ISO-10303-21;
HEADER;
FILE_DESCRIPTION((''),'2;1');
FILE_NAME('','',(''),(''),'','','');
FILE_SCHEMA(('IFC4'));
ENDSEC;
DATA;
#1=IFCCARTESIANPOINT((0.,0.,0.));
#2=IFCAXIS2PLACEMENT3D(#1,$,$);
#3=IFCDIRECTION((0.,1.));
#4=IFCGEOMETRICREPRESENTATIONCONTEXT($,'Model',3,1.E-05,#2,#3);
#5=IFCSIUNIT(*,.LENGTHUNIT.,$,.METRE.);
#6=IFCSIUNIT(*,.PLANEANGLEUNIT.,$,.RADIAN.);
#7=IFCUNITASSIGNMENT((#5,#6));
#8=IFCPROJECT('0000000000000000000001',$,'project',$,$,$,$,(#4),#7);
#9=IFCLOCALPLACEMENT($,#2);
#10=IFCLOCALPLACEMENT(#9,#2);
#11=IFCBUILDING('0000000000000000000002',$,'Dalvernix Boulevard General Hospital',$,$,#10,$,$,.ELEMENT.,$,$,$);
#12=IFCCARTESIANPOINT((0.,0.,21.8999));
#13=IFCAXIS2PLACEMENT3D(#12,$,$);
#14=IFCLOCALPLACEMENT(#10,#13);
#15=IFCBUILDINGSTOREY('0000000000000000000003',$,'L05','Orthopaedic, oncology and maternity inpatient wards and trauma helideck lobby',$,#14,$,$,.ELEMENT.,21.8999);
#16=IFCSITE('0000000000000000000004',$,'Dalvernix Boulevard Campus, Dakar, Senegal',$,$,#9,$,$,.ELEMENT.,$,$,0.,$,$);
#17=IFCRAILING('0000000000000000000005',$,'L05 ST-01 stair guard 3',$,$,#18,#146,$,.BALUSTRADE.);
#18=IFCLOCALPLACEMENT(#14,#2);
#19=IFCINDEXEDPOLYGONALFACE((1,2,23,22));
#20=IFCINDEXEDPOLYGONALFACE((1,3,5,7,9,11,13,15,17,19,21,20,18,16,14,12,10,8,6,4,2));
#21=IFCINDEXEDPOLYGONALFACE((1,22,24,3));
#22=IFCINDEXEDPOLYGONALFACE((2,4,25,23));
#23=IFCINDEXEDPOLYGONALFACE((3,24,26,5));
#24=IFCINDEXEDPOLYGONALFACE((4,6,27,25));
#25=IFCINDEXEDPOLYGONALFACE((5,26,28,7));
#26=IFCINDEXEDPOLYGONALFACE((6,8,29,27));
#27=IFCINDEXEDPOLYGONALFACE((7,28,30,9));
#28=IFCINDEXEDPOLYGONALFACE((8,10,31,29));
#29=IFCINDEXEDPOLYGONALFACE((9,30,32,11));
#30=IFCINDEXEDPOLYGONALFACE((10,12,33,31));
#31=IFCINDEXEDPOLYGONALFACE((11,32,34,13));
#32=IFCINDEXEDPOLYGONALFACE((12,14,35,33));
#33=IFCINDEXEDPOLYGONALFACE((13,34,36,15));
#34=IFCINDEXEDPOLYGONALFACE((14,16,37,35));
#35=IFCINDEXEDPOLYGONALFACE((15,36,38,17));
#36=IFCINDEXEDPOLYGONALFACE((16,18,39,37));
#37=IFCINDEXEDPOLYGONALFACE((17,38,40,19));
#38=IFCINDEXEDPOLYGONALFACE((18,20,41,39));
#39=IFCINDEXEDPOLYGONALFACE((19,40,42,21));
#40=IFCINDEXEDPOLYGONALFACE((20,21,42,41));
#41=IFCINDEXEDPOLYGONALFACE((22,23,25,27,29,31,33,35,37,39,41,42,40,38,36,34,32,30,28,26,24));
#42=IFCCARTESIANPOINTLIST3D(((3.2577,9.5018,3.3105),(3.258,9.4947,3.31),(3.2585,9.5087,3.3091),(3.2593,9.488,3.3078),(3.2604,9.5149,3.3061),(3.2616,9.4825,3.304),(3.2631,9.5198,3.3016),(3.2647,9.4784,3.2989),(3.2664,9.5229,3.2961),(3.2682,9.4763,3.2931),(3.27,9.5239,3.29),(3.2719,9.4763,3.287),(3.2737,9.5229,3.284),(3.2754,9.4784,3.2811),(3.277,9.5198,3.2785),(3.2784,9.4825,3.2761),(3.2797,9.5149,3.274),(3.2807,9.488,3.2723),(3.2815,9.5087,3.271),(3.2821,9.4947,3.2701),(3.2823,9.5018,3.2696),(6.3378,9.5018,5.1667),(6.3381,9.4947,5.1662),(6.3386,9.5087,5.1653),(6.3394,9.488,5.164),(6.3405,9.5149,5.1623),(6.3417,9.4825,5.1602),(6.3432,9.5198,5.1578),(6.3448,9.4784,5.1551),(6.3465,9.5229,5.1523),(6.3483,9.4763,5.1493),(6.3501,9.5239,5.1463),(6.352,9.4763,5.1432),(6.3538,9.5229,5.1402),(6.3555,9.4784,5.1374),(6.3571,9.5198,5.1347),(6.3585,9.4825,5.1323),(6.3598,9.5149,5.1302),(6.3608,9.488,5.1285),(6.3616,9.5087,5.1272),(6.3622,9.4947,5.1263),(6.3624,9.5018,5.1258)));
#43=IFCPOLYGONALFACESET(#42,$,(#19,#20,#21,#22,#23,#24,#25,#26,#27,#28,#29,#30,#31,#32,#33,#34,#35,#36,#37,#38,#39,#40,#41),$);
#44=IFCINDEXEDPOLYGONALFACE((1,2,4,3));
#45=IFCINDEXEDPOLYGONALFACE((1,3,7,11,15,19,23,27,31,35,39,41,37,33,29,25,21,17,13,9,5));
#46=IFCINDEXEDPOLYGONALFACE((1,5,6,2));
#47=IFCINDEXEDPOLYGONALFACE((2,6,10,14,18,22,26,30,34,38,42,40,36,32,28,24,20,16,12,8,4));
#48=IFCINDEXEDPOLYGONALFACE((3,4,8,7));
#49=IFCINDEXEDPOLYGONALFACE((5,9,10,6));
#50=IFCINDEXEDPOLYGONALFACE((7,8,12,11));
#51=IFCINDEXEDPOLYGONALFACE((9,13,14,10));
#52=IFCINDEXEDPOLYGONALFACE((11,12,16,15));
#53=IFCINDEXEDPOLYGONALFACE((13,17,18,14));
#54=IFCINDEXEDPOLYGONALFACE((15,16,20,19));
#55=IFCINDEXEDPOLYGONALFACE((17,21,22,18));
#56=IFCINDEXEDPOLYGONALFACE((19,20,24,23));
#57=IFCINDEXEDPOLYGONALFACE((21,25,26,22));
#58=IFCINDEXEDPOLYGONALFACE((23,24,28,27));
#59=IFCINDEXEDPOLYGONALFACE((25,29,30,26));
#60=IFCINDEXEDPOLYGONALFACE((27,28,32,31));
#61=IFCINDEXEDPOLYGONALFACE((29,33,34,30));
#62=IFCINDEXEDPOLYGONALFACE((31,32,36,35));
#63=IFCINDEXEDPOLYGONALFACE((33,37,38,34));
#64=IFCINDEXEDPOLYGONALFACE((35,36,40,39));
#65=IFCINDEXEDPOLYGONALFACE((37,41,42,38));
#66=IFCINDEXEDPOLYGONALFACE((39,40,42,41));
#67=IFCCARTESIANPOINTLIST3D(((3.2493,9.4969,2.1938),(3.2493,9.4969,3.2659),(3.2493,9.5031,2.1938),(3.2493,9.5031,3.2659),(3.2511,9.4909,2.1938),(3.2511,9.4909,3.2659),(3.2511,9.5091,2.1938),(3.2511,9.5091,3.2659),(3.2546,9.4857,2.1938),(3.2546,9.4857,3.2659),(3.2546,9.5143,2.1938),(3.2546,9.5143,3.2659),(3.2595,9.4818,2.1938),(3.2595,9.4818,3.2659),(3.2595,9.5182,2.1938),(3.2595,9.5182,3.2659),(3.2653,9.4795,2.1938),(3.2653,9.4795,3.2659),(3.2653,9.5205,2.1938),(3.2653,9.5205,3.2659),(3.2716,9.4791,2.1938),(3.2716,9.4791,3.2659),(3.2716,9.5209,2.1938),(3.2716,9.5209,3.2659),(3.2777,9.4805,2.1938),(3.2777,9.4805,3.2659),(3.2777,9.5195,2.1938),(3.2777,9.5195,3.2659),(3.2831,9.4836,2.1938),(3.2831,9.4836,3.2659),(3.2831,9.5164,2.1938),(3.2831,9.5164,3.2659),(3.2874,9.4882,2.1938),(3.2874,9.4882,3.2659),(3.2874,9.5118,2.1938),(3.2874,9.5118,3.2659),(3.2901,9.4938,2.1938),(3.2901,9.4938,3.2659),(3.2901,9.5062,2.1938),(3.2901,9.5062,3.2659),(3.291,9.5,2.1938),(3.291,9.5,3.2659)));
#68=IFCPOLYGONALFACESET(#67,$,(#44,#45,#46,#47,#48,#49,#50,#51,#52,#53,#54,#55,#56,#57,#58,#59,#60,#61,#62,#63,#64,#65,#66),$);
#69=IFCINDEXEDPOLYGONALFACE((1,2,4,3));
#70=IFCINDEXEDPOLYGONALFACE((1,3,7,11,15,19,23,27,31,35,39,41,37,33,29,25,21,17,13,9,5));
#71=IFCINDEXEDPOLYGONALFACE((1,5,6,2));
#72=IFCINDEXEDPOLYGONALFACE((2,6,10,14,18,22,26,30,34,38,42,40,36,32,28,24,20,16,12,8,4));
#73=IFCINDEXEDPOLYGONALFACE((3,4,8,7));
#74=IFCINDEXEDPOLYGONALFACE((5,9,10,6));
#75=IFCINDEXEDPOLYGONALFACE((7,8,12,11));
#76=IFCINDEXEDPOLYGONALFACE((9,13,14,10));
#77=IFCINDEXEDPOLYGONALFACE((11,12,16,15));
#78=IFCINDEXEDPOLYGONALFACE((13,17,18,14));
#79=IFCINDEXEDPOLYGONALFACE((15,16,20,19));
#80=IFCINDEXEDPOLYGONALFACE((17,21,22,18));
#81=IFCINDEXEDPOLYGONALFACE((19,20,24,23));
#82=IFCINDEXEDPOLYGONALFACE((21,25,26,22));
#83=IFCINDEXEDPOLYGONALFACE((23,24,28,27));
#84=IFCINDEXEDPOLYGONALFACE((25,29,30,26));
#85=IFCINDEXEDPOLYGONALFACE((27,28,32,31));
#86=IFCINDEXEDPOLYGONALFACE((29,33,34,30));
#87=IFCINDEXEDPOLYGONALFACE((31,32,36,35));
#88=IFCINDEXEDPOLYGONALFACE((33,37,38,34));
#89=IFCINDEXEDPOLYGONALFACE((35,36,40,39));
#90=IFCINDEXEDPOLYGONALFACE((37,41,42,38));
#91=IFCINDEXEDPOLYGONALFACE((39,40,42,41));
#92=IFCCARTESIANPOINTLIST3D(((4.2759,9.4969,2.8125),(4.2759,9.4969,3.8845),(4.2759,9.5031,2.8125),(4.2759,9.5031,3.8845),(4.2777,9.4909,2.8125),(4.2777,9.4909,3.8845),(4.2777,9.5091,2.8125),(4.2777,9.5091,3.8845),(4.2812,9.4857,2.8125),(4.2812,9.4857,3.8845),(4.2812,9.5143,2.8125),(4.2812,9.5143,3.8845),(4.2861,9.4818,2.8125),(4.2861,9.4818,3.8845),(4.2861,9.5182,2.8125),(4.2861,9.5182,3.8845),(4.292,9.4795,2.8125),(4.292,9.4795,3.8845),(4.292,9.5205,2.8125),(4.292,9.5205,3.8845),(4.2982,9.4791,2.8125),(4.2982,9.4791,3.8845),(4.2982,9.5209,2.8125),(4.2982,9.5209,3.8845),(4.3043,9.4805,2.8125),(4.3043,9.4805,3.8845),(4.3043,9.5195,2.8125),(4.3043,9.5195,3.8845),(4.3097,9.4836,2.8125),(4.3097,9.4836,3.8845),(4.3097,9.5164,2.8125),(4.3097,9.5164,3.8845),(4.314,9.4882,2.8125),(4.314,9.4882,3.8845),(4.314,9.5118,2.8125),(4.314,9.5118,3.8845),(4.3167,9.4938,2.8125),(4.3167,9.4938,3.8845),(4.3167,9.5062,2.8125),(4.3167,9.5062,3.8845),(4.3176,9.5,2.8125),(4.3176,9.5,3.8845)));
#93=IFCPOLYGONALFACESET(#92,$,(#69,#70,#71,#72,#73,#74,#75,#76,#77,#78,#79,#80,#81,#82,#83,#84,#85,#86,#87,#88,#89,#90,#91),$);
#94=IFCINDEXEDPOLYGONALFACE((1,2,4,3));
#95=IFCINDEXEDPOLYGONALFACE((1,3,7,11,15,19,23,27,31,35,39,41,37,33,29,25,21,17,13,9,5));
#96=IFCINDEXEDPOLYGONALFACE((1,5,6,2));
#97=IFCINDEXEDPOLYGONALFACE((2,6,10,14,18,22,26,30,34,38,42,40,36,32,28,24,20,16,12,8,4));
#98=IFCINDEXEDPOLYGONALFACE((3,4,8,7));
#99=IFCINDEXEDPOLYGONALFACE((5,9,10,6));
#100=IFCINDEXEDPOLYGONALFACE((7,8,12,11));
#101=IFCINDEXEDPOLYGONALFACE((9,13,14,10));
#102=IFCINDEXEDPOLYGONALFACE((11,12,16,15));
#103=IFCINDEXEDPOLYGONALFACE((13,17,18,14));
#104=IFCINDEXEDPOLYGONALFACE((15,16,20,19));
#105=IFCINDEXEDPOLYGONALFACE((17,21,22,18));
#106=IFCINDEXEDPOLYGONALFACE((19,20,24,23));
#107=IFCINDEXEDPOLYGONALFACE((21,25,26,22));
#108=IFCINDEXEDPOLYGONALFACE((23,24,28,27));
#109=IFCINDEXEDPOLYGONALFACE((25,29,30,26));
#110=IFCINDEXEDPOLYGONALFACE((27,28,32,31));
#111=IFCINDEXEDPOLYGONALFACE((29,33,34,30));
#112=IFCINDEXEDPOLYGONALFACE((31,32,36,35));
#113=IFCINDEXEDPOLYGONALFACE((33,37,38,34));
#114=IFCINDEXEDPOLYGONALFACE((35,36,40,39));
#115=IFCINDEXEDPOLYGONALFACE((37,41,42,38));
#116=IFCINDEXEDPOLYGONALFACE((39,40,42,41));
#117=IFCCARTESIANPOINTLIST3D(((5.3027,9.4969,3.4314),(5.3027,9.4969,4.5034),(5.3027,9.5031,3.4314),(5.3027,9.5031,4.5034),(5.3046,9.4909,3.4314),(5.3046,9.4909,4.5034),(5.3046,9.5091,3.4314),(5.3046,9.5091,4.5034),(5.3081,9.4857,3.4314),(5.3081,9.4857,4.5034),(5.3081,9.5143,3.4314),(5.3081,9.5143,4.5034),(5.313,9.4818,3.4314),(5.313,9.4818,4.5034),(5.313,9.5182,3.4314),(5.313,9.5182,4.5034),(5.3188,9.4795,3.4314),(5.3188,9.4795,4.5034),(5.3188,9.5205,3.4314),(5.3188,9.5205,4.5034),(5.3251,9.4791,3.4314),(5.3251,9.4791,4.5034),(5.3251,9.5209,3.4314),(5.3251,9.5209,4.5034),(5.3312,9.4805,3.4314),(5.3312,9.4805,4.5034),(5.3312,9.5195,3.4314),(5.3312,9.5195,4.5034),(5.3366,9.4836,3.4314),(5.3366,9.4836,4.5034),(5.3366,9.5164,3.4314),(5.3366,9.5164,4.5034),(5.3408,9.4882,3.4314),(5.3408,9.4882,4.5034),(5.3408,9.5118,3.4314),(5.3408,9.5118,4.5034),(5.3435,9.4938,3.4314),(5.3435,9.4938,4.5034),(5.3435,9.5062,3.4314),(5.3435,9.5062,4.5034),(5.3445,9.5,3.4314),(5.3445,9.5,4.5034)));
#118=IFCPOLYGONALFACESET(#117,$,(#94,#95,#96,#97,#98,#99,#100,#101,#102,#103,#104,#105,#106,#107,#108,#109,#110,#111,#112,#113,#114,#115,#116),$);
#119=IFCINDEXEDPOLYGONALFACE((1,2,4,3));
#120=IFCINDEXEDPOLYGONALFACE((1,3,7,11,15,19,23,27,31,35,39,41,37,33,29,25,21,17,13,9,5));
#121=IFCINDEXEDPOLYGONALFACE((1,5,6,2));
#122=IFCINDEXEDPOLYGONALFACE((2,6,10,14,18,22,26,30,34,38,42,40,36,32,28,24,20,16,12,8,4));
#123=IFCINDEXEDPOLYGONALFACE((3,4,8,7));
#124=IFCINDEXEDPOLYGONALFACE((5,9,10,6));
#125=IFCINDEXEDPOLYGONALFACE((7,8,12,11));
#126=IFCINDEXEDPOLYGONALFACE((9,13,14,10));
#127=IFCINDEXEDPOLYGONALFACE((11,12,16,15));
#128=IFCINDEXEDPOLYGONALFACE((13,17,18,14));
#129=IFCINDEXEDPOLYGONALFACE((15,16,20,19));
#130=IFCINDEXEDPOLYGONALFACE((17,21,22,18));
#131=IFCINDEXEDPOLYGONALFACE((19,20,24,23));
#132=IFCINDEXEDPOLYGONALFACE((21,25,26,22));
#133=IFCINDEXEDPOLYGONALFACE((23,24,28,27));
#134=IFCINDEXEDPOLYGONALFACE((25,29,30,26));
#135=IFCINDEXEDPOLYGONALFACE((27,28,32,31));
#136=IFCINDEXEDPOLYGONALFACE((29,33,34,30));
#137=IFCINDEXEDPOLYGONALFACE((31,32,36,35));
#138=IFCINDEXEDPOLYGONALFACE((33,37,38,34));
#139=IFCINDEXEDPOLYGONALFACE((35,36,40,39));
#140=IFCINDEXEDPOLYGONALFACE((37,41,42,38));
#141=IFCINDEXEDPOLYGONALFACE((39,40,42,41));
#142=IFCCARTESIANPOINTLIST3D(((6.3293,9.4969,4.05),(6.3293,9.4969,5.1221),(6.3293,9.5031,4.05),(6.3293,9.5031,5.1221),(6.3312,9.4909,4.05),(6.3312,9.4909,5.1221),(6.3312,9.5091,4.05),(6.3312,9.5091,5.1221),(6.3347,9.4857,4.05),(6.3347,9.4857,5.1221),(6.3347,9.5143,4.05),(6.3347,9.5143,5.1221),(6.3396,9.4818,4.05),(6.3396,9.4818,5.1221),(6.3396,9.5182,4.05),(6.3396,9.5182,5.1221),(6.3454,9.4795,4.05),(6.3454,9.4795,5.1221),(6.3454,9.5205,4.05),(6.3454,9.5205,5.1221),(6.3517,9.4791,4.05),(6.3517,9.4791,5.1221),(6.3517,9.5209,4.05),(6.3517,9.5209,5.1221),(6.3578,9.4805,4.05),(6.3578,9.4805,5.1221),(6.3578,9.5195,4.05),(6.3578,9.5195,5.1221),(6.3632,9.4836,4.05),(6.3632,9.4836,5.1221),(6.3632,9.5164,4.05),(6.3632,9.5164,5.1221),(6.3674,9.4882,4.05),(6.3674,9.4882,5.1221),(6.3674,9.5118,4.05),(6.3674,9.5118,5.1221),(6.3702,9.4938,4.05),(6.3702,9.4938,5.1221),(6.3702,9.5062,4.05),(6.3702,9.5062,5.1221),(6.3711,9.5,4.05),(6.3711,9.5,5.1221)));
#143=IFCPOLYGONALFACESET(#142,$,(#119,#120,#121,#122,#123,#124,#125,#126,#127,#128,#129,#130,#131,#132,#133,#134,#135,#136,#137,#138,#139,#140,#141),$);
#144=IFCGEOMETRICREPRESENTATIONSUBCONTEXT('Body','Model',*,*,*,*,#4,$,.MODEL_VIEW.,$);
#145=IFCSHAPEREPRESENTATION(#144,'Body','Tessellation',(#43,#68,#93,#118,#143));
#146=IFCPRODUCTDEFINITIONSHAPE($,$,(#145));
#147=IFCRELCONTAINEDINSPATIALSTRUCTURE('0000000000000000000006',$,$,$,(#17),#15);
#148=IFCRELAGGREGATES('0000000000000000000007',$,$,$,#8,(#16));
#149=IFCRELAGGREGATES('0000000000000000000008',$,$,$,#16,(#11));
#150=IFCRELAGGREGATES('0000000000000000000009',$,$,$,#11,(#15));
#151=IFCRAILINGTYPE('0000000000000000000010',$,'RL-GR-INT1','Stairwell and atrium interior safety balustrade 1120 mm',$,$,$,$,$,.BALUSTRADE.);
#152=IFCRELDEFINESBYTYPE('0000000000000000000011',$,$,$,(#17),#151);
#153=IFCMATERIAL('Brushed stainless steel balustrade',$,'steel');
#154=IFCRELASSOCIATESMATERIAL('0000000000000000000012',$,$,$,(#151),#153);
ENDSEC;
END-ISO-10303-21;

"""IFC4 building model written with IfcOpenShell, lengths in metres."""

from ifc_helpers import new_model, si_unit, direction, frame, origin, origin_2d, place, context, subcontext, project, spatial, circle, extrude, material, type_object, element, save


model = new_model("IFC4")

# Units and contexts
model_context = context("Model", 3, precision=1e-05, world=origin(), true_north=direction((0.0, 1.0)))
body_context = subcontext(model_context, "Body", "Model", "MODEL_VIEW")
ifc_project = project(units=[si_unit("LENGTHUNIT", "METRE"), si_unit("PLANEANGLEUNIT", "RADIAN")], contexts=[model_context])

# Site, building, storey
site_placement = place(None, origin())
site = spatial("IfcSite", under=ifc_project, at=site_placement, Name="Dalvernix Boulevard Campus, Dakar, Senegal", CompositionType="ELEMENT", RefElevation=0.0)
building_placement = place(site_placement, origin())
building = spatial("IfcBuilding", under=site, at=building_placement, Name="Dalvernix Boulevard General Hospital", CompositionType="ELEMENT")
storey_placement = place(building_placement, frame((0.0, 0.0, 21.8999)))
storey = spatial("IfcBuildingStorey", under=building, at=storey_placement, Name="L05", Description="Orthopaedic, oncology and maternity inpatient wards and trauma helideck lobby", CompositionType="ELEMENT", Elevation=21.8999)

# Railing
ifc_material_1 = material(Name="Brushed stainless steel balustrade", Category="steel")
railing_type_1 = type_object("IfcRailingType", Name="RL-GR-INT1", Description="Stairwell and atrium interior safety balustrade 1120 mm", PredefinedType="BALUSTRADE", material=ifc_material_1)
railing_1_placement = place(storey_placement, frame((3.27, 9.5, 2.1938)))
element("IfcRailing", 1, at=railing_1_placement, inside=storey, type_object=railing_type_1, Name="L05 ST-01 stair guard 3", PredefinedType="BALUSTRADE", context=body_context, shape_type="SweptSolid", body=[
    extrude(circle(Radius=0.0239, at=origin_2d()), frame((0.0, 0.0, 1.0962), z_axis=(0.856491, 0.0, 0.516162), x_axis=(0.0, 1.0, 0.0)), (0.0, 0.0, 1.0), 3.5962),
    extrude(circle(Radius=0.021, at=origin_2d()), origin(), (0.0, 0.0, 1.0), 1.072),
    extrude(circle(Radius=0.021, at=origin_2d()), frame((1.0266, 0.0, 0.6187)), (0.0, 0.0, 1.0), 1.072),
    extrude(circle(Radius=0.021, at=origin_2d()), frame((2.0535, 0.0, 1.2375)), (0.0, 0.0, 1.0), 1.072),
    extrude(circle(Radius=0.021, at=origin_2d()), frame((3.0801, 0.0, 1.8562)), (0.0, 0.0, 1.0), 1.072),
])

save(model, "model.ifc")
